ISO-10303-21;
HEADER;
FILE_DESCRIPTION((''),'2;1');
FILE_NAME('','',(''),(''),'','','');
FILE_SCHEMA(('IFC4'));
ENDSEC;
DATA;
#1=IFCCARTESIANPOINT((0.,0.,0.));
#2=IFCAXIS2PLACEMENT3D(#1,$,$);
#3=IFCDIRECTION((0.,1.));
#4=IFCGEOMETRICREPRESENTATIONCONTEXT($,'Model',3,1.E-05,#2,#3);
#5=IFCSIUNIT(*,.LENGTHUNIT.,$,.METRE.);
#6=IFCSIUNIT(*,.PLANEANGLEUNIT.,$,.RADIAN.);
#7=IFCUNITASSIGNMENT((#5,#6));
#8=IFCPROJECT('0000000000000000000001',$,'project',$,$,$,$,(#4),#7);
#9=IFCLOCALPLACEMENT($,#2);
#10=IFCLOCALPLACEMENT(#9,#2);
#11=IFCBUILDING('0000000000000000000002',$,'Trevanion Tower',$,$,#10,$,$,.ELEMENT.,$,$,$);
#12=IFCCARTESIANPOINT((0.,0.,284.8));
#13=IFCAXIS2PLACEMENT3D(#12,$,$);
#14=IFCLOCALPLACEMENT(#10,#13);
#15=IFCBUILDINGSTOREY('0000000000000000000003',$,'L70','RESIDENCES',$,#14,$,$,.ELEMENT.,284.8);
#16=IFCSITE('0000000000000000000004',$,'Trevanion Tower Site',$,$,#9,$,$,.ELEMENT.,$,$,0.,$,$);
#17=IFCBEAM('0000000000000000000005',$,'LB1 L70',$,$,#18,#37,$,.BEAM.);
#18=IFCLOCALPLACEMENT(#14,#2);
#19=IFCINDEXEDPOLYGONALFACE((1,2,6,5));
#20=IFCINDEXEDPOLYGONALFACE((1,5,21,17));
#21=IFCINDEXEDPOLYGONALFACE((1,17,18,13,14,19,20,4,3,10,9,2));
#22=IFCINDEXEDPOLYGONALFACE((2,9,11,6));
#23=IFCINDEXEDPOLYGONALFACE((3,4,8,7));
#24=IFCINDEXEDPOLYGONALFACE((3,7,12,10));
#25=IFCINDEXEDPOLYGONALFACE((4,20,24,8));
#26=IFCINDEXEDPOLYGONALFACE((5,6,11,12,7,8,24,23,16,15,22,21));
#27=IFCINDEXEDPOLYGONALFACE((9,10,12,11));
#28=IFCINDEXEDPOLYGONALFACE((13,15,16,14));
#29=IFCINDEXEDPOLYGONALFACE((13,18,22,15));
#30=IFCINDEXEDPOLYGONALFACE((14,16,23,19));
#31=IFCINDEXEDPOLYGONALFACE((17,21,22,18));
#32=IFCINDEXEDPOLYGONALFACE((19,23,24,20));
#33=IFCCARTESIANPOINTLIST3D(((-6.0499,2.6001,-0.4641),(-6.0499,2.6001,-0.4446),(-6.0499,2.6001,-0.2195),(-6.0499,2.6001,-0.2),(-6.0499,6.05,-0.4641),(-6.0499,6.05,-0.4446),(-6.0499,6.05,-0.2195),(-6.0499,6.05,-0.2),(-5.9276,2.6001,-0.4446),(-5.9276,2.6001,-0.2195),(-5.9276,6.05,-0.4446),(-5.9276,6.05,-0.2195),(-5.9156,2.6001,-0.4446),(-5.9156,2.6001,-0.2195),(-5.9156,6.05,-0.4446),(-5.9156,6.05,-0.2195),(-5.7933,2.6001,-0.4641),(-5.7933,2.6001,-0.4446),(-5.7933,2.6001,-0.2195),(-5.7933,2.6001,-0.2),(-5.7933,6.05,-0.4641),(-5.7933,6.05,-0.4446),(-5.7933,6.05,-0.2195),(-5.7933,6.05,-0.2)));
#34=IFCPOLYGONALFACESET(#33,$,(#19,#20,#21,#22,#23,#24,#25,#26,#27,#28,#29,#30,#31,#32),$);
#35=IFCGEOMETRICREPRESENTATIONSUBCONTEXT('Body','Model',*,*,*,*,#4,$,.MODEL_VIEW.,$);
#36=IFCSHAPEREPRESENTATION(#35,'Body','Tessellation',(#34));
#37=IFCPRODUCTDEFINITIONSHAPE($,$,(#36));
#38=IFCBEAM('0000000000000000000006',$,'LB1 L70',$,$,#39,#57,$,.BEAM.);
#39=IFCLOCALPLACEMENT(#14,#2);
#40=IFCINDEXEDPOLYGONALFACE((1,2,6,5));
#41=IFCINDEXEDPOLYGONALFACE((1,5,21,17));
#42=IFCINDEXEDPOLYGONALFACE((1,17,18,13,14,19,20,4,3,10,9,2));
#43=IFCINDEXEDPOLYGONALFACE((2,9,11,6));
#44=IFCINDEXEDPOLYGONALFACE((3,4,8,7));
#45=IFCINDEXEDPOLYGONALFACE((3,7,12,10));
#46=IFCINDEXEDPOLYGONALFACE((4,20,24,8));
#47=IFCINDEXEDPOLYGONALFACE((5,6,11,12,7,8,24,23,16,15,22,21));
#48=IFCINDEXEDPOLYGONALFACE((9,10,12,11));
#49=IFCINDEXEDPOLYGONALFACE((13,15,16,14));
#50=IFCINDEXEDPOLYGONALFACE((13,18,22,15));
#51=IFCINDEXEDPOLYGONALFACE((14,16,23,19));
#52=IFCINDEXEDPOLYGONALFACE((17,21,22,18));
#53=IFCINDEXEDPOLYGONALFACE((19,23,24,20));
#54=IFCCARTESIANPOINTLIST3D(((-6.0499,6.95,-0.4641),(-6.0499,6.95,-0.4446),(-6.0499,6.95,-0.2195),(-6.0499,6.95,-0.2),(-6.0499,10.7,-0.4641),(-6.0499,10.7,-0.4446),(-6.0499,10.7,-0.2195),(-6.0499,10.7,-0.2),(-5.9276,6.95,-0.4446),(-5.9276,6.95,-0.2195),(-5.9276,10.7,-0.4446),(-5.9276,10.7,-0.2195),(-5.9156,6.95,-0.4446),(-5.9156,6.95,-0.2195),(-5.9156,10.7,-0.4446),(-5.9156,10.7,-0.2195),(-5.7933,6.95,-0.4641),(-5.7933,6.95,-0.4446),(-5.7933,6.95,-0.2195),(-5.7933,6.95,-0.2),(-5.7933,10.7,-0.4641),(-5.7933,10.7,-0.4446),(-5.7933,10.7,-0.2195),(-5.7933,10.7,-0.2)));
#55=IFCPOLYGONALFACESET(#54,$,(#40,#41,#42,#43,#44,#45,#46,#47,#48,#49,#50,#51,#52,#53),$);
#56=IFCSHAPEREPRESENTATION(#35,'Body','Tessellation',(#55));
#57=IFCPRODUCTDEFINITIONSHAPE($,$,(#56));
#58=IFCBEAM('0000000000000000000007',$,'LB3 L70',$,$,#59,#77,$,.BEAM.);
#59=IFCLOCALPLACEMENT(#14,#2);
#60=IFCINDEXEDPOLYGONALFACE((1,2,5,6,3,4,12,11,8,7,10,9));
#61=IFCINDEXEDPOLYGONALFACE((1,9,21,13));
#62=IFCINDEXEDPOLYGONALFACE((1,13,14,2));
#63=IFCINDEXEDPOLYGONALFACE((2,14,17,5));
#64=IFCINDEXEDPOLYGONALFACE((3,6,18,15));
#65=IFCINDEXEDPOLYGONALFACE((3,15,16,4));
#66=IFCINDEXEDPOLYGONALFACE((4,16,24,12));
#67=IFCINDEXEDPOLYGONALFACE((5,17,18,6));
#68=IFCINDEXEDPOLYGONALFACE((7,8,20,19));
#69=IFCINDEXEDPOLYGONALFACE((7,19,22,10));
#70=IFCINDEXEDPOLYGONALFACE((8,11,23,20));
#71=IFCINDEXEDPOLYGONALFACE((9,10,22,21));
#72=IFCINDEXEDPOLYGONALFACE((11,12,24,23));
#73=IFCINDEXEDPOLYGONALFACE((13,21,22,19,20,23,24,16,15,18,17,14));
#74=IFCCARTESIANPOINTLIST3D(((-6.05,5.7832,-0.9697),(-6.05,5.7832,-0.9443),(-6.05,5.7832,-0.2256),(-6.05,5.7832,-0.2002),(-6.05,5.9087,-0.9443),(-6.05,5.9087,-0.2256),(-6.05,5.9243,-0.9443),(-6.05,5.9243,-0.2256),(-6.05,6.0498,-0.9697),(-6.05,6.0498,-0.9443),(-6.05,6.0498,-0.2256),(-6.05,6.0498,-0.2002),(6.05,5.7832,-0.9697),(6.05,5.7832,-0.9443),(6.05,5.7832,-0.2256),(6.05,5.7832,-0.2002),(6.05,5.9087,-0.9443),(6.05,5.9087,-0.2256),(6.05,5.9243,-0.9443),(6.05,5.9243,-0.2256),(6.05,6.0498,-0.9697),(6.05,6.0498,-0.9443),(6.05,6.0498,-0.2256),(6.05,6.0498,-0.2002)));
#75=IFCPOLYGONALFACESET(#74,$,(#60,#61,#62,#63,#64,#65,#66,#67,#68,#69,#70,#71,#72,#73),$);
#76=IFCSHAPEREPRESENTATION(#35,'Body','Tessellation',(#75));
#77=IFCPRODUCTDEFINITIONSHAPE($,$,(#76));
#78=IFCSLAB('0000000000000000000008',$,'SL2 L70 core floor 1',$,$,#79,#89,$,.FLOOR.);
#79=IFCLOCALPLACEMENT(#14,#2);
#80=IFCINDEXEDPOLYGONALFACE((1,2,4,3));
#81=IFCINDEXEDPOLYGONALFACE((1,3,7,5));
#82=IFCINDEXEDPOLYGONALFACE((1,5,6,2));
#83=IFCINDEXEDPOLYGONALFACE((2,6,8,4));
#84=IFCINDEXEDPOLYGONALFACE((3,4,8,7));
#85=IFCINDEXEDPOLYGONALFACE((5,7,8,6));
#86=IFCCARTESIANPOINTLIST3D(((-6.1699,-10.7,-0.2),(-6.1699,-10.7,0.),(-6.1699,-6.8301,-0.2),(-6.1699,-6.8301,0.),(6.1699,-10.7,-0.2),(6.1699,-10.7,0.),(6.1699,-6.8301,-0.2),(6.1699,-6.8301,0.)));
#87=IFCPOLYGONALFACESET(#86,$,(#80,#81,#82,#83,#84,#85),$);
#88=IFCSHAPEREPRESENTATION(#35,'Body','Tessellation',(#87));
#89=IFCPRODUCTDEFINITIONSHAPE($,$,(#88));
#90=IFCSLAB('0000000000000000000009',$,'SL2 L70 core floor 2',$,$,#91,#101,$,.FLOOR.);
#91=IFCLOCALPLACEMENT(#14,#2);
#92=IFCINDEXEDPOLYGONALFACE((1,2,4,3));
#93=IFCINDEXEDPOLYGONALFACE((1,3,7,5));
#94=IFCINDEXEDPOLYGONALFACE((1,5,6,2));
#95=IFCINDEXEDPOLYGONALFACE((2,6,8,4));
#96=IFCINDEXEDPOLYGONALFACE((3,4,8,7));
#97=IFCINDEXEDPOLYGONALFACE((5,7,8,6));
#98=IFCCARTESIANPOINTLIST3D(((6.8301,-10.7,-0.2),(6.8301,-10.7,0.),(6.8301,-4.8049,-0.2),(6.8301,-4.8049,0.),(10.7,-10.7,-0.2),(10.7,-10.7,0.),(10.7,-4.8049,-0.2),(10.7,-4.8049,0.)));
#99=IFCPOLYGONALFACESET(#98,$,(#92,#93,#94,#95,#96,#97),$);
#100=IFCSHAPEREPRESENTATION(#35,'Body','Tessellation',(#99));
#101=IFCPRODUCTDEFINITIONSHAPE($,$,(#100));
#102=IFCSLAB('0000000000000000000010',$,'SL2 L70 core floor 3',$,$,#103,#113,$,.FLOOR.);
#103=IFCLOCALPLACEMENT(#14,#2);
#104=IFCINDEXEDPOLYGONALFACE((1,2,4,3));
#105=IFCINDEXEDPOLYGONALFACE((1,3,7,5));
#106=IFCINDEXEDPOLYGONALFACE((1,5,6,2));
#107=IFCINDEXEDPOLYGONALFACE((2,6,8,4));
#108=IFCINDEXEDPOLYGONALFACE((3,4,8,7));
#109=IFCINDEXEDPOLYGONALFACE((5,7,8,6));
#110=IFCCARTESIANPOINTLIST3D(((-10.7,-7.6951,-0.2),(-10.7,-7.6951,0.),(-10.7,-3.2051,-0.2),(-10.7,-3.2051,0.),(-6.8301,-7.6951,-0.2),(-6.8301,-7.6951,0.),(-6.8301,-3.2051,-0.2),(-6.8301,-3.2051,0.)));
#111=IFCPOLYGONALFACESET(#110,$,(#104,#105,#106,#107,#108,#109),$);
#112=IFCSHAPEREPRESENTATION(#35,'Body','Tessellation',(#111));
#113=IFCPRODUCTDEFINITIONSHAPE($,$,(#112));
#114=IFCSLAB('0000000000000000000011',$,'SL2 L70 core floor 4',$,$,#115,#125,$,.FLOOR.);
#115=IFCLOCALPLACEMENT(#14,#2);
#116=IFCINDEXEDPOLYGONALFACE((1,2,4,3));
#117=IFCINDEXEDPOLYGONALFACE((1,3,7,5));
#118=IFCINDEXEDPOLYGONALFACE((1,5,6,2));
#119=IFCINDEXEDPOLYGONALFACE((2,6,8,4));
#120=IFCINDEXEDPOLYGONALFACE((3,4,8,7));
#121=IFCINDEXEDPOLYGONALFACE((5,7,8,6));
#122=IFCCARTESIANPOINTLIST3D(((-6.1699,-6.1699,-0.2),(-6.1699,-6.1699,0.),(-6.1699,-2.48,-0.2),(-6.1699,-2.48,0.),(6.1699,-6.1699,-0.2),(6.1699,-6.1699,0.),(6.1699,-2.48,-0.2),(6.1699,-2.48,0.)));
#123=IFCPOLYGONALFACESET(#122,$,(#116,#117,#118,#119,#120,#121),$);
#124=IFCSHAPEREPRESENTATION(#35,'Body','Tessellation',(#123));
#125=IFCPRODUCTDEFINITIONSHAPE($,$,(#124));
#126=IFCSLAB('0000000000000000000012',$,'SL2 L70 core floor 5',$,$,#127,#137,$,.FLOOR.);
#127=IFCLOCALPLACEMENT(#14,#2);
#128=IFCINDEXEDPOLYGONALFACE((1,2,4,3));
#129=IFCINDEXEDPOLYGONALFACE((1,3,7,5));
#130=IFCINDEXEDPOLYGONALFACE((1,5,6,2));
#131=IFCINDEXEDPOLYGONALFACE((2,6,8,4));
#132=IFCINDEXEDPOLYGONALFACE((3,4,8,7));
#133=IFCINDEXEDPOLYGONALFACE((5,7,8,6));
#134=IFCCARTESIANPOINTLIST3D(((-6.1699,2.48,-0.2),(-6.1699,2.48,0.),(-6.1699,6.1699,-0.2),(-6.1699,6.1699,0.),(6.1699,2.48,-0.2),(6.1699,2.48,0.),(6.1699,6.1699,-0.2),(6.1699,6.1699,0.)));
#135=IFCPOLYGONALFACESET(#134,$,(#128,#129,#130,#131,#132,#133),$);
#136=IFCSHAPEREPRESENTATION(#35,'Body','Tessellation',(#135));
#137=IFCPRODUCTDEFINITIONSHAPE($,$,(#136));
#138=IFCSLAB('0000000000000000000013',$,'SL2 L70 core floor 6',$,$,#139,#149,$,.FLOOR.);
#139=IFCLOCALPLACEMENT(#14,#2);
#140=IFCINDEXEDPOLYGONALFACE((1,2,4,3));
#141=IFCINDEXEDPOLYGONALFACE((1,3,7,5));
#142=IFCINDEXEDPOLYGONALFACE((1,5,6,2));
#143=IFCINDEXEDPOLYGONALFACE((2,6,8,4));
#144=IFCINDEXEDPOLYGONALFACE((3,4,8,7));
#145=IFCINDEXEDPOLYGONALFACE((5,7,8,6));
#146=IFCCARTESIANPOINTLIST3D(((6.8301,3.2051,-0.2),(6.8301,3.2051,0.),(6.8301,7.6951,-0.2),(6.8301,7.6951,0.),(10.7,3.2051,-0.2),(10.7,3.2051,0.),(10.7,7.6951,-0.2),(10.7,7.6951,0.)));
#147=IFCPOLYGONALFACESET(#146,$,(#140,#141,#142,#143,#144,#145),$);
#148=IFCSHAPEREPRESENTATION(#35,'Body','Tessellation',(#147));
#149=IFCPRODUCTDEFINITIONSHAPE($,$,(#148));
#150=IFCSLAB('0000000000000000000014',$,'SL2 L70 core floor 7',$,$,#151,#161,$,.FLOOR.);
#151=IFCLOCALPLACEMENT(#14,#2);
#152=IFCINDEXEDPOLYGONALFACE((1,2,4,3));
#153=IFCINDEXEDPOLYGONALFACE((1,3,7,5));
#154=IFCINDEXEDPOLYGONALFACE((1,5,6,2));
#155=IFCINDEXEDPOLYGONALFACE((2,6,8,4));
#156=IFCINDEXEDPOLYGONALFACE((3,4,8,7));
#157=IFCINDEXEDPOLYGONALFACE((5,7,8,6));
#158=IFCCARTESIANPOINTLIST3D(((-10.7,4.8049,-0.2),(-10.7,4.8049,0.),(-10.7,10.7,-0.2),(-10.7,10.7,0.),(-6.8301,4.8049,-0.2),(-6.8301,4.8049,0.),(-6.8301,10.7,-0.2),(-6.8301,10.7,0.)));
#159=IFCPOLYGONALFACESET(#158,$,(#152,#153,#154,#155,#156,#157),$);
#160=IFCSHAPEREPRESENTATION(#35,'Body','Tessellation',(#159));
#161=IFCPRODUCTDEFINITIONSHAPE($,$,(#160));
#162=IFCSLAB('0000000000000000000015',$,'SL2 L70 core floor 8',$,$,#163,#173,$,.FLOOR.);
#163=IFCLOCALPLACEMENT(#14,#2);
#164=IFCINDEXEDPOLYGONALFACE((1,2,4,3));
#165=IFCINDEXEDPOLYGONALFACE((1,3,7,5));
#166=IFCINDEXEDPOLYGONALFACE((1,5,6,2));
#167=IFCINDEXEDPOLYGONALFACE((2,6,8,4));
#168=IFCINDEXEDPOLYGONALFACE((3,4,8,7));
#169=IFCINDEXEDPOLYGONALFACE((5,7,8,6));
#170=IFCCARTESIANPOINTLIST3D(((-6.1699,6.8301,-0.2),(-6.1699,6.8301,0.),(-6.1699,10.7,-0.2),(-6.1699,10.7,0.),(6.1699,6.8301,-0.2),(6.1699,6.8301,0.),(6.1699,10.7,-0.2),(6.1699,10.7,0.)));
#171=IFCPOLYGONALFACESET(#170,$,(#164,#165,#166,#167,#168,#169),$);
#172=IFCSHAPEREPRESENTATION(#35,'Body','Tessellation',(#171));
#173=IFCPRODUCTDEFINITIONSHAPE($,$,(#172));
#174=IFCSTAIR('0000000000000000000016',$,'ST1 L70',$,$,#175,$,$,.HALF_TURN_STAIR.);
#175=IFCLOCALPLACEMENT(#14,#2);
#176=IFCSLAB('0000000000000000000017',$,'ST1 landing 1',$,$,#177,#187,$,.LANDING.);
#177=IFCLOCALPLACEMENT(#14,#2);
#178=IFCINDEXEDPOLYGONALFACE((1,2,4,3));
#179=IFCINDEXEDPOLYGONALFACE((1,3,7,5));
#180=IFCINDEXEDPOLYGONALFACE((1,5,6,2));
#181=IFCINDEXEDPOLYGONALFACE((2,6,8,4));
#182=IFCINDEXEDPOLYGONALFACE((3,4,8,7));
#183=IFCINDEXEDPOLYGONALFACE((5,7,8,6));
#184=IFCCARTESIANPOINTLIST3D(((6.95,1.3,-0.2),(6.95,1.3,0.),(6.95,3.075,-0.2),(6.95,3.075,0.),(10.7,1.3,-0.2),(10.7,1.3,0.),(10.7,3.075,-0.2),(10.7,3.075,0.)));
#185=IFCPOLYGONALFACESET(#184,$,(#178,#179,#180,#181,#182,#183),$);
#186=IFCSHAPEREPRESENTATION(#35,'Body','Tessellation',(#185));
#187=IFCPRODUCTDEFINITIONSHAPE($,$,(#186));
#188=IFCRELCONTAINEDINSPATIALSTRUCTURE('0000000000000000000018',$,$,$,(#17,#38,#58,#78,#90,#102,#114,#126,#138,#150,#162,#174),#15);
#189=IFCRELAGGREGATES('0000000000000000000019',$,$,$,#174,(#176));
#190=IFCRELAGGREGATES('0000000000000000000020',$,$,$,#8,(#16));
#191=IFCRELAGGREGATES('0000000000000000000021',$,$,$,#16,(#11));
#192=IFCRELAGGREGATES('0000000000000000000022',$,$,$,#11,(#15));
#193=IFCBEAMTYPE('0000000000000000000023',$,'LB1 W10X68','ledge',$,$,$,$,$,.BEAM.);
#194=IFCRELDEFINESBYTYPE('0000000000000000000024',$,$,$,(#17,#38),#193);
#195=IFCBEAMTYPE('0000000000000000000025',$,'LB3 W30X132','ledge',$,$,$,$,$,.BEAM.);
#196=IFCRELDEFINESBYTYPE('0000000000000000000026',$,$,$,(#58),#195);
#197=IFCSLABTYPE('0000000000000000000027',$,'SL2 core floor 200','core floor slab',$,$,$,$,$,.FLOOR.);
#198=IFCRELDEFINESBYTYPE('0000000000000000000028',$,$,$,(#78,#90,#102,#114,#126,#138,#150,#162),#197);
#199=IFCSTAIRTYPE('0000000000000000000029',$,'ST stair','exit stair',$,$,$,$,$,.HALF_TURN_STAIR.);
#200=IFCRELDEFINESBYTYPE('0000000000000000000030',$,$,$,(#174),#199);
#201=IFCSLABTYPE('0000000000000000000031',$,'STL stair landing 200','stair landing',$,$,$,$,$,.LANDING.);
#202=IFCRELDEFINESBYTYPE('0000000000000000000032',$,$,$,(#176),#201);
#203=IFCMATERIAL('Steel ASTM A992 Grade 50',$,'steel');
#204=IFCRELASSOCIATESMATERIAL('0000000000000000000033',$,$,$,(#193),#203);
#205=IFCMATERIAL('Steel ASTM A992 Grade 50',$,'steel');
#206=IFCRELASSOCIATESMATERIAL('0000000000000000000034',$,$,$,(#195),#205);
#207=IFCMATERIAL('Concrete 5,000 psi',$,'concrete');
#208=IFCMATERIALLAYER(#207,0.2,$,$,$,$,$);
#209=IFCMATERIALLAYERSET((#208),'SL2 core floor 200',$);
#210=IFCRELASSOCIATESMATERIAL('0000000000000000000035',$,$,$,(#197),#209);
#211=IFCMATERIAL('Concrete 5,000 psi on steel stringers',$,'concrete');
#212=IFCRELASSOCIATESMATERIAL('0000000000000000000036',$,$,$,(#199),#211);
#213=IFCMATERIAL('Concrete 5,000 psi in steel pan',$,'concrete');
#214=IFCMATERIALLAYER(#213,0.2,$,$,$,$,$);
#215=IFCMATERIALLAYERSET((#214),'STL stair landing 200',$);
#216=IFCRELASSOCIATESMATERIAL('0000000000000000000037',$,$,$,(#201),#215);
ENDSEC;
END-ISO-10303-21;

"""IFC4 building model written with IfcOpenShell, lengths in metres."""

from ifc_helpers import new_model, si_unit, direction, frame, origin, origin_2d, place, context, subcontext, project, spatial, polyline, i_section, outline, extrude, material, layer, layer_set, material_profile, profile_set, type_object, element, aggregate, save


model = new_model("IFC4")

# Units and contexts
model_context = context("Model", 3, precision=1e-05, world=origin(), true_north=direction((0.0, 1.0)))
body_context = subcontext(model_context, "Body", "Model", "MODEL_VIEW")
ifc_project = project(units=[si_unit("LENGTHUNIT", "METRE"), si_unit("PLANEANGLEUNIT", "RADIAN")], contexts=[model_context])

# Site, building, storey
site_placement = place(None, origin())
site = spatial("IfcSite", under=ifc_project, at=site_placement, Name="Trevanion Tower Site", CompositionType="ELEMENT", RefElevation=0.0)
building_placement = place(site_placement, origin())
building = spatial("IfcBuilding", under=site, at=building_placement, Name="Trevanion Tower", CompositionType="ELEMENT")
storey_placement = place(building_placement, frame((0.0, 0.0, 284.8)))
storey = spatial("IfcBuildingStorey", under=building, at=storey_placement, Name="L70", Description="RESIDENCES", CompositionType="ELEMENT", Elevation=284.8)

# Beams
ifc_material_1 = material(Name="Steel ASTM A992 Grade 50", Category="steel")
ifc_material_profile_1 = material_profile(ifc_material_1, i_section(OverallWidth=0.2566, OverallDepth=0.2642, WebThickness=0.012, FlangeThickness=0.0195, at=origin_2d()), Name="W10X68")
ifc_profile_set_1 = profile_set([ifc_material_profile_1], Name="Steel ASTM A992 Grade 50")
beam_type_1 = type_object("IfcBeamType", Name="LB1 W10X68", Description="ledge", PredefinedType="BEAM", material=ifc_profile_set_1)
beam_1_placement = place(storey_placement, frame((-5.9216, 2.6001, -0.332), z_axis=(0.0, 1.0, 0.0), x_axis=(-1.0, 0.0, 0.0)))
element("IfcBeam", 1, at=beam_1_placement, inside=storey, type_object=beam_type_1, Name="LB1 L70", PredefinedType="BEAM", context=body_context, shape_type="SweptSolid", body=[
    extrude(i_section(OverallWidth=0.2566, OverallDepth=0.2642, WebThickness=0.012, FlangeThickness=0.0195, at=origin_2d()), origin(), (0.0, 0.0, 1.0), 3.45),
])
beam_2_placement = place(storey_placement, frame((-5.9216, 6.95, -0.332), z_axis=(0.0, 1.0, 0.0), x_axis=(-1.0, 0.0, 0.0)))
element("IfcBeam", 2, at=beam_2_placement, inside=storey, type_object=beam_type_1, Name="LB1 L70", PredefinedType="BEAM", context=body_context, shape_type="SweptSolid", body=[
    extrude(i_section(OverallWidth=0.2566, OverallDepth=0.2642, WebThickness=0.012, FlangeThickness=0.0195, at=origin_2d()), origin(), (0.0, 0.0, 1.0), 3.75),
])
ifc_material_2 = material(Name="Steel ASTM A992 Grade 50", Category="steel")
ifc_material_profile_2 = material_profile(ifc_material_2, i_section(OverallWidth=0.2666, OverallDepth=0.7695, WebThickness=0.0156, FlangeThickness=0.0254, at=origin_2d()), Name="W30X132")
ifc_profile_set_2 = profile_set([ifc_material_profile_2], Name="Steel ASTM A992 Grade 50")
beam_type_2 = type_object("IfcBeamType", Name="LB3 W30X132", Description="ledge", PredefinedType="BEAM", material=ifc_profile_set_2)
beam_3_placement = place(storey_placement, frame((-6.05, 5.9165, -0.585), z_axis=(1.0, 0.0, 0.0), x_axis=(0.0, 1.0, 0.0)))
element("IfcBeam", 3, at=beam_3_placement, inside=storey, type_object=beam_type_2, Name="LB3 L70", PredefinedType="BEAM", context=body_context, shape_type="SweptSolid", body=[
    extrude(i_section(OverallWidth=0.2666, OverallDepth=0.7695, WebThickness=0.0156, FlangeThickness=0.0254, at=origin_2d()), origin(), (0.0, 0.0, 1.0), 12.1001),
])

# Slabs
ifc_material_3 = material(Name="Concrete 5,000 psi", Category="concrete")
ifc_layer_1 = layer(ifc_material_3, 0.2)
ifc_layer_set_1 = layer_set([ifc_layer_1], Name="SL2 core floor 200")
slab_type_1 = type_object("IfcSlabType", Name="SL2 core floor 200", Description="core floor slab", PredefinedType="FLOOR", material=ifc_layer_set_1)
slab_1_placement = place(storey_placement, frame((0.0, 0.0, -0.2)))
element("IfcSlab", 4, at=slab_1_placement, inside=storey, type_object=slab_type_1, Name="SL2 L70 core floor 1", PredefinedType="FLOOR", context=body_context, shape_type="SweptSolid", body=[
    extrude(outline(polyline([(6.1699, -10.7), (-6.1699, -10.7), (-6.1699, -6.8301), (6.1699, -6.8301), (6.1699, -10.7)])), origin(), (0.0, 0.0, 1.0), 0.2),
])
slab_2_placement = place(storey_placement, frame((0.0, 0.0, -0.2)))
element("IfcSlab", 5, at=slab_2_placement, inside=storey, type_object=slab_type_1, Name="SL2 L70 core floor 2", PredefinedType="FLOOR", context=body_context, shape_type="SweptSolid", body=[
    extrude(outline(polyline([(6.8301, -4.8049), (10.7, -4.8049), (10.7, -10.7), (6.8301, -10.7), (6.8301, -4.8049)])), origin(), (0.0, 0.0, 1.0), 0.2),
])
slab_3_placement = place(storey_placement, frame((0.0, 0.0, -0.2)))
element("IfcSlab", 6, at=slab_3_placement, inside=storey, type_object=slab_type_1, Name="SL2 L70 core floor 3", PredefinedType="FLOOR", context=body_context, shape_type="SweptSolid", body=[
    extrude(outline(polyline([(-6.8301, -3.2051), (-6.8301, -7.6951), (-10.7, -7.6951), (-10.7, -3.2051), (-6.8301, -3.2051)])), origin(), (0.0, 0.0, 1.0), 0.2),
])
slab_4_placement = place(storey_placement, frame((0.0, 0.0, -0.2)))
element("IfcSlab", 7, at=slab_4_placement, inside=storey, type_object=slab_type_1, Name="SL2 L70 core floor 4", PredefinedType="FLOOR", context=body_context, shape_type="SweptSolid", body=[
    extrude(outline(polyline([(6.1699, -6.1699), (-6.1699, -6.1699), (-6.1699, -2.48), (6.1699, -2.48), (6.1699, -6.1699)])), origin(), (0.0, 0.0, 1.0), 0.2),
])
slab_5_placement = place(storey_placement, frame((0.0, 0.0, -0.2)))
element("IfcSlab", 8, at=slab_5_placement, inside=storey, type_object=slab_type_1, Name="SL2 L70 core floor 5", PredefinedType="FLOOR", context=body_context, shape_type="SweptSolid", body=[
    extrude(outline(polyline([(6.1699, 2.48), (-6.1699, 2.48), (-6.1699, 6.1699), (6.1699, 6.1699), (6.1699, 2.48)])), origin(), (0.0, 0.0, 1.0), 0.2),
])
slab_6_placement = place(storey_placement, frame((0.0, 0.0, -0.2)))
element("IfcSlab", 9, at=slab_6_placement, inside=storey, type_object=slab_type_1, Name="SL2 L70 core floor 6", PredefinedType="FLOOR", context=body_context, shape_type="SweptSolid", body=[
    extrude(outline(polyline([(6.8301, 3.2051), (6.8301, 7.6951), (10.7, 7.6951), (10.7, 3.2051), (6.8301, 3.2051)])), origin(), (0.0, 0.0, 1.0), 0.2),
])
slab_7_placement = place(storey_placement, frame((0.0, 0.0, -0.2)))
element("IfcSlab", 10, at=slab_7_placement, inside=storey, type_object=slab_type_1, Name="SL2 L70 core floor 7", PredefinedType="FLOOR", context=body_context, shape_type="SweptSolid", body=[
    extrude(outline(polyline([(-6.8301, 4.8049), (-10.7, 4.8049), (-10.7, 10.7), (-6.8301, 10.7), (-6.8301, 4.8049)])), origin(), (0.0, 0.0, 1.0), 0.2),
])
slab_8_placement = place(storey_placement, frame((0.0, 0.0, -0.2)))
element("IfcSlab", 11, at=slab_8_placement, inside=storey, type_object=slab_type_1, Name="SL2 L70 core floor 8", PredefinedType="FLOOR", context=body_context, shape_type="SweptSolid", body=[
    extrude(outline(polyline([(6.1699, 6.8301), (-6.1699, 6.8301), (-6.1699, 10.7), (6.1699, 10.7), (6.1699, 6.8301)])), origin(), (0.0, 0.0, 1.0), 0.2),
])

# Stair, slab
ifc_material_4 = material(Name="Concrete 5,000 psi on steel stringers", Category="concrete")
stair_type = type_object("IfcStairType", Name="ST stair", Description="exit stair", PredefinedType="HALF_TURN_STAIR", material=ifc_material_4)
stair_1_placement = place(storey_placement, origin())
stair_1 = element("IfcStair", 12, at=stair_1_placement, inside=storey, type_object=stair_type, Name="ST1 L70", PredefinedType="HALF_TURN_STAIR")
ifc_material_5 = material(Name="Concrete 5,000 psi in steel pan", Category="concrete")
ifc_layer_2 = layer(ifc_material_5, 0.2)
ifc_layer_set_2 = layer_set([ifc_layer_2], Name="STL stair landing 200")
slab_type_2 = type_object("IfcSlabType", Name="STL stair landing 200", Description="stair landing", PredefinedType="LANDING", material=ifc_layer_set_2)
slab_9_placement = place(storey_placement, frame((0.0, 0.0, -0.2)))
slab_9 = element("IfcSlab", 13, at=slab_9_placement, type_object=slab_type_2, Name="ST1 landing 1", PredefinedType="LANDING", context=body_context, shape_type="SweptSolid", body=[
    extrude(outline(polyline([(6.95, 1.3), (10.7, 1.3), (10.7, 3.075), (6.95, 3.075), (6.95, 1.3)])), origin(), (0.0, 0.0, 1.0), 0.2),
])
aggregate(stair_1, [slab_9])

save(model, "model.ifc")
